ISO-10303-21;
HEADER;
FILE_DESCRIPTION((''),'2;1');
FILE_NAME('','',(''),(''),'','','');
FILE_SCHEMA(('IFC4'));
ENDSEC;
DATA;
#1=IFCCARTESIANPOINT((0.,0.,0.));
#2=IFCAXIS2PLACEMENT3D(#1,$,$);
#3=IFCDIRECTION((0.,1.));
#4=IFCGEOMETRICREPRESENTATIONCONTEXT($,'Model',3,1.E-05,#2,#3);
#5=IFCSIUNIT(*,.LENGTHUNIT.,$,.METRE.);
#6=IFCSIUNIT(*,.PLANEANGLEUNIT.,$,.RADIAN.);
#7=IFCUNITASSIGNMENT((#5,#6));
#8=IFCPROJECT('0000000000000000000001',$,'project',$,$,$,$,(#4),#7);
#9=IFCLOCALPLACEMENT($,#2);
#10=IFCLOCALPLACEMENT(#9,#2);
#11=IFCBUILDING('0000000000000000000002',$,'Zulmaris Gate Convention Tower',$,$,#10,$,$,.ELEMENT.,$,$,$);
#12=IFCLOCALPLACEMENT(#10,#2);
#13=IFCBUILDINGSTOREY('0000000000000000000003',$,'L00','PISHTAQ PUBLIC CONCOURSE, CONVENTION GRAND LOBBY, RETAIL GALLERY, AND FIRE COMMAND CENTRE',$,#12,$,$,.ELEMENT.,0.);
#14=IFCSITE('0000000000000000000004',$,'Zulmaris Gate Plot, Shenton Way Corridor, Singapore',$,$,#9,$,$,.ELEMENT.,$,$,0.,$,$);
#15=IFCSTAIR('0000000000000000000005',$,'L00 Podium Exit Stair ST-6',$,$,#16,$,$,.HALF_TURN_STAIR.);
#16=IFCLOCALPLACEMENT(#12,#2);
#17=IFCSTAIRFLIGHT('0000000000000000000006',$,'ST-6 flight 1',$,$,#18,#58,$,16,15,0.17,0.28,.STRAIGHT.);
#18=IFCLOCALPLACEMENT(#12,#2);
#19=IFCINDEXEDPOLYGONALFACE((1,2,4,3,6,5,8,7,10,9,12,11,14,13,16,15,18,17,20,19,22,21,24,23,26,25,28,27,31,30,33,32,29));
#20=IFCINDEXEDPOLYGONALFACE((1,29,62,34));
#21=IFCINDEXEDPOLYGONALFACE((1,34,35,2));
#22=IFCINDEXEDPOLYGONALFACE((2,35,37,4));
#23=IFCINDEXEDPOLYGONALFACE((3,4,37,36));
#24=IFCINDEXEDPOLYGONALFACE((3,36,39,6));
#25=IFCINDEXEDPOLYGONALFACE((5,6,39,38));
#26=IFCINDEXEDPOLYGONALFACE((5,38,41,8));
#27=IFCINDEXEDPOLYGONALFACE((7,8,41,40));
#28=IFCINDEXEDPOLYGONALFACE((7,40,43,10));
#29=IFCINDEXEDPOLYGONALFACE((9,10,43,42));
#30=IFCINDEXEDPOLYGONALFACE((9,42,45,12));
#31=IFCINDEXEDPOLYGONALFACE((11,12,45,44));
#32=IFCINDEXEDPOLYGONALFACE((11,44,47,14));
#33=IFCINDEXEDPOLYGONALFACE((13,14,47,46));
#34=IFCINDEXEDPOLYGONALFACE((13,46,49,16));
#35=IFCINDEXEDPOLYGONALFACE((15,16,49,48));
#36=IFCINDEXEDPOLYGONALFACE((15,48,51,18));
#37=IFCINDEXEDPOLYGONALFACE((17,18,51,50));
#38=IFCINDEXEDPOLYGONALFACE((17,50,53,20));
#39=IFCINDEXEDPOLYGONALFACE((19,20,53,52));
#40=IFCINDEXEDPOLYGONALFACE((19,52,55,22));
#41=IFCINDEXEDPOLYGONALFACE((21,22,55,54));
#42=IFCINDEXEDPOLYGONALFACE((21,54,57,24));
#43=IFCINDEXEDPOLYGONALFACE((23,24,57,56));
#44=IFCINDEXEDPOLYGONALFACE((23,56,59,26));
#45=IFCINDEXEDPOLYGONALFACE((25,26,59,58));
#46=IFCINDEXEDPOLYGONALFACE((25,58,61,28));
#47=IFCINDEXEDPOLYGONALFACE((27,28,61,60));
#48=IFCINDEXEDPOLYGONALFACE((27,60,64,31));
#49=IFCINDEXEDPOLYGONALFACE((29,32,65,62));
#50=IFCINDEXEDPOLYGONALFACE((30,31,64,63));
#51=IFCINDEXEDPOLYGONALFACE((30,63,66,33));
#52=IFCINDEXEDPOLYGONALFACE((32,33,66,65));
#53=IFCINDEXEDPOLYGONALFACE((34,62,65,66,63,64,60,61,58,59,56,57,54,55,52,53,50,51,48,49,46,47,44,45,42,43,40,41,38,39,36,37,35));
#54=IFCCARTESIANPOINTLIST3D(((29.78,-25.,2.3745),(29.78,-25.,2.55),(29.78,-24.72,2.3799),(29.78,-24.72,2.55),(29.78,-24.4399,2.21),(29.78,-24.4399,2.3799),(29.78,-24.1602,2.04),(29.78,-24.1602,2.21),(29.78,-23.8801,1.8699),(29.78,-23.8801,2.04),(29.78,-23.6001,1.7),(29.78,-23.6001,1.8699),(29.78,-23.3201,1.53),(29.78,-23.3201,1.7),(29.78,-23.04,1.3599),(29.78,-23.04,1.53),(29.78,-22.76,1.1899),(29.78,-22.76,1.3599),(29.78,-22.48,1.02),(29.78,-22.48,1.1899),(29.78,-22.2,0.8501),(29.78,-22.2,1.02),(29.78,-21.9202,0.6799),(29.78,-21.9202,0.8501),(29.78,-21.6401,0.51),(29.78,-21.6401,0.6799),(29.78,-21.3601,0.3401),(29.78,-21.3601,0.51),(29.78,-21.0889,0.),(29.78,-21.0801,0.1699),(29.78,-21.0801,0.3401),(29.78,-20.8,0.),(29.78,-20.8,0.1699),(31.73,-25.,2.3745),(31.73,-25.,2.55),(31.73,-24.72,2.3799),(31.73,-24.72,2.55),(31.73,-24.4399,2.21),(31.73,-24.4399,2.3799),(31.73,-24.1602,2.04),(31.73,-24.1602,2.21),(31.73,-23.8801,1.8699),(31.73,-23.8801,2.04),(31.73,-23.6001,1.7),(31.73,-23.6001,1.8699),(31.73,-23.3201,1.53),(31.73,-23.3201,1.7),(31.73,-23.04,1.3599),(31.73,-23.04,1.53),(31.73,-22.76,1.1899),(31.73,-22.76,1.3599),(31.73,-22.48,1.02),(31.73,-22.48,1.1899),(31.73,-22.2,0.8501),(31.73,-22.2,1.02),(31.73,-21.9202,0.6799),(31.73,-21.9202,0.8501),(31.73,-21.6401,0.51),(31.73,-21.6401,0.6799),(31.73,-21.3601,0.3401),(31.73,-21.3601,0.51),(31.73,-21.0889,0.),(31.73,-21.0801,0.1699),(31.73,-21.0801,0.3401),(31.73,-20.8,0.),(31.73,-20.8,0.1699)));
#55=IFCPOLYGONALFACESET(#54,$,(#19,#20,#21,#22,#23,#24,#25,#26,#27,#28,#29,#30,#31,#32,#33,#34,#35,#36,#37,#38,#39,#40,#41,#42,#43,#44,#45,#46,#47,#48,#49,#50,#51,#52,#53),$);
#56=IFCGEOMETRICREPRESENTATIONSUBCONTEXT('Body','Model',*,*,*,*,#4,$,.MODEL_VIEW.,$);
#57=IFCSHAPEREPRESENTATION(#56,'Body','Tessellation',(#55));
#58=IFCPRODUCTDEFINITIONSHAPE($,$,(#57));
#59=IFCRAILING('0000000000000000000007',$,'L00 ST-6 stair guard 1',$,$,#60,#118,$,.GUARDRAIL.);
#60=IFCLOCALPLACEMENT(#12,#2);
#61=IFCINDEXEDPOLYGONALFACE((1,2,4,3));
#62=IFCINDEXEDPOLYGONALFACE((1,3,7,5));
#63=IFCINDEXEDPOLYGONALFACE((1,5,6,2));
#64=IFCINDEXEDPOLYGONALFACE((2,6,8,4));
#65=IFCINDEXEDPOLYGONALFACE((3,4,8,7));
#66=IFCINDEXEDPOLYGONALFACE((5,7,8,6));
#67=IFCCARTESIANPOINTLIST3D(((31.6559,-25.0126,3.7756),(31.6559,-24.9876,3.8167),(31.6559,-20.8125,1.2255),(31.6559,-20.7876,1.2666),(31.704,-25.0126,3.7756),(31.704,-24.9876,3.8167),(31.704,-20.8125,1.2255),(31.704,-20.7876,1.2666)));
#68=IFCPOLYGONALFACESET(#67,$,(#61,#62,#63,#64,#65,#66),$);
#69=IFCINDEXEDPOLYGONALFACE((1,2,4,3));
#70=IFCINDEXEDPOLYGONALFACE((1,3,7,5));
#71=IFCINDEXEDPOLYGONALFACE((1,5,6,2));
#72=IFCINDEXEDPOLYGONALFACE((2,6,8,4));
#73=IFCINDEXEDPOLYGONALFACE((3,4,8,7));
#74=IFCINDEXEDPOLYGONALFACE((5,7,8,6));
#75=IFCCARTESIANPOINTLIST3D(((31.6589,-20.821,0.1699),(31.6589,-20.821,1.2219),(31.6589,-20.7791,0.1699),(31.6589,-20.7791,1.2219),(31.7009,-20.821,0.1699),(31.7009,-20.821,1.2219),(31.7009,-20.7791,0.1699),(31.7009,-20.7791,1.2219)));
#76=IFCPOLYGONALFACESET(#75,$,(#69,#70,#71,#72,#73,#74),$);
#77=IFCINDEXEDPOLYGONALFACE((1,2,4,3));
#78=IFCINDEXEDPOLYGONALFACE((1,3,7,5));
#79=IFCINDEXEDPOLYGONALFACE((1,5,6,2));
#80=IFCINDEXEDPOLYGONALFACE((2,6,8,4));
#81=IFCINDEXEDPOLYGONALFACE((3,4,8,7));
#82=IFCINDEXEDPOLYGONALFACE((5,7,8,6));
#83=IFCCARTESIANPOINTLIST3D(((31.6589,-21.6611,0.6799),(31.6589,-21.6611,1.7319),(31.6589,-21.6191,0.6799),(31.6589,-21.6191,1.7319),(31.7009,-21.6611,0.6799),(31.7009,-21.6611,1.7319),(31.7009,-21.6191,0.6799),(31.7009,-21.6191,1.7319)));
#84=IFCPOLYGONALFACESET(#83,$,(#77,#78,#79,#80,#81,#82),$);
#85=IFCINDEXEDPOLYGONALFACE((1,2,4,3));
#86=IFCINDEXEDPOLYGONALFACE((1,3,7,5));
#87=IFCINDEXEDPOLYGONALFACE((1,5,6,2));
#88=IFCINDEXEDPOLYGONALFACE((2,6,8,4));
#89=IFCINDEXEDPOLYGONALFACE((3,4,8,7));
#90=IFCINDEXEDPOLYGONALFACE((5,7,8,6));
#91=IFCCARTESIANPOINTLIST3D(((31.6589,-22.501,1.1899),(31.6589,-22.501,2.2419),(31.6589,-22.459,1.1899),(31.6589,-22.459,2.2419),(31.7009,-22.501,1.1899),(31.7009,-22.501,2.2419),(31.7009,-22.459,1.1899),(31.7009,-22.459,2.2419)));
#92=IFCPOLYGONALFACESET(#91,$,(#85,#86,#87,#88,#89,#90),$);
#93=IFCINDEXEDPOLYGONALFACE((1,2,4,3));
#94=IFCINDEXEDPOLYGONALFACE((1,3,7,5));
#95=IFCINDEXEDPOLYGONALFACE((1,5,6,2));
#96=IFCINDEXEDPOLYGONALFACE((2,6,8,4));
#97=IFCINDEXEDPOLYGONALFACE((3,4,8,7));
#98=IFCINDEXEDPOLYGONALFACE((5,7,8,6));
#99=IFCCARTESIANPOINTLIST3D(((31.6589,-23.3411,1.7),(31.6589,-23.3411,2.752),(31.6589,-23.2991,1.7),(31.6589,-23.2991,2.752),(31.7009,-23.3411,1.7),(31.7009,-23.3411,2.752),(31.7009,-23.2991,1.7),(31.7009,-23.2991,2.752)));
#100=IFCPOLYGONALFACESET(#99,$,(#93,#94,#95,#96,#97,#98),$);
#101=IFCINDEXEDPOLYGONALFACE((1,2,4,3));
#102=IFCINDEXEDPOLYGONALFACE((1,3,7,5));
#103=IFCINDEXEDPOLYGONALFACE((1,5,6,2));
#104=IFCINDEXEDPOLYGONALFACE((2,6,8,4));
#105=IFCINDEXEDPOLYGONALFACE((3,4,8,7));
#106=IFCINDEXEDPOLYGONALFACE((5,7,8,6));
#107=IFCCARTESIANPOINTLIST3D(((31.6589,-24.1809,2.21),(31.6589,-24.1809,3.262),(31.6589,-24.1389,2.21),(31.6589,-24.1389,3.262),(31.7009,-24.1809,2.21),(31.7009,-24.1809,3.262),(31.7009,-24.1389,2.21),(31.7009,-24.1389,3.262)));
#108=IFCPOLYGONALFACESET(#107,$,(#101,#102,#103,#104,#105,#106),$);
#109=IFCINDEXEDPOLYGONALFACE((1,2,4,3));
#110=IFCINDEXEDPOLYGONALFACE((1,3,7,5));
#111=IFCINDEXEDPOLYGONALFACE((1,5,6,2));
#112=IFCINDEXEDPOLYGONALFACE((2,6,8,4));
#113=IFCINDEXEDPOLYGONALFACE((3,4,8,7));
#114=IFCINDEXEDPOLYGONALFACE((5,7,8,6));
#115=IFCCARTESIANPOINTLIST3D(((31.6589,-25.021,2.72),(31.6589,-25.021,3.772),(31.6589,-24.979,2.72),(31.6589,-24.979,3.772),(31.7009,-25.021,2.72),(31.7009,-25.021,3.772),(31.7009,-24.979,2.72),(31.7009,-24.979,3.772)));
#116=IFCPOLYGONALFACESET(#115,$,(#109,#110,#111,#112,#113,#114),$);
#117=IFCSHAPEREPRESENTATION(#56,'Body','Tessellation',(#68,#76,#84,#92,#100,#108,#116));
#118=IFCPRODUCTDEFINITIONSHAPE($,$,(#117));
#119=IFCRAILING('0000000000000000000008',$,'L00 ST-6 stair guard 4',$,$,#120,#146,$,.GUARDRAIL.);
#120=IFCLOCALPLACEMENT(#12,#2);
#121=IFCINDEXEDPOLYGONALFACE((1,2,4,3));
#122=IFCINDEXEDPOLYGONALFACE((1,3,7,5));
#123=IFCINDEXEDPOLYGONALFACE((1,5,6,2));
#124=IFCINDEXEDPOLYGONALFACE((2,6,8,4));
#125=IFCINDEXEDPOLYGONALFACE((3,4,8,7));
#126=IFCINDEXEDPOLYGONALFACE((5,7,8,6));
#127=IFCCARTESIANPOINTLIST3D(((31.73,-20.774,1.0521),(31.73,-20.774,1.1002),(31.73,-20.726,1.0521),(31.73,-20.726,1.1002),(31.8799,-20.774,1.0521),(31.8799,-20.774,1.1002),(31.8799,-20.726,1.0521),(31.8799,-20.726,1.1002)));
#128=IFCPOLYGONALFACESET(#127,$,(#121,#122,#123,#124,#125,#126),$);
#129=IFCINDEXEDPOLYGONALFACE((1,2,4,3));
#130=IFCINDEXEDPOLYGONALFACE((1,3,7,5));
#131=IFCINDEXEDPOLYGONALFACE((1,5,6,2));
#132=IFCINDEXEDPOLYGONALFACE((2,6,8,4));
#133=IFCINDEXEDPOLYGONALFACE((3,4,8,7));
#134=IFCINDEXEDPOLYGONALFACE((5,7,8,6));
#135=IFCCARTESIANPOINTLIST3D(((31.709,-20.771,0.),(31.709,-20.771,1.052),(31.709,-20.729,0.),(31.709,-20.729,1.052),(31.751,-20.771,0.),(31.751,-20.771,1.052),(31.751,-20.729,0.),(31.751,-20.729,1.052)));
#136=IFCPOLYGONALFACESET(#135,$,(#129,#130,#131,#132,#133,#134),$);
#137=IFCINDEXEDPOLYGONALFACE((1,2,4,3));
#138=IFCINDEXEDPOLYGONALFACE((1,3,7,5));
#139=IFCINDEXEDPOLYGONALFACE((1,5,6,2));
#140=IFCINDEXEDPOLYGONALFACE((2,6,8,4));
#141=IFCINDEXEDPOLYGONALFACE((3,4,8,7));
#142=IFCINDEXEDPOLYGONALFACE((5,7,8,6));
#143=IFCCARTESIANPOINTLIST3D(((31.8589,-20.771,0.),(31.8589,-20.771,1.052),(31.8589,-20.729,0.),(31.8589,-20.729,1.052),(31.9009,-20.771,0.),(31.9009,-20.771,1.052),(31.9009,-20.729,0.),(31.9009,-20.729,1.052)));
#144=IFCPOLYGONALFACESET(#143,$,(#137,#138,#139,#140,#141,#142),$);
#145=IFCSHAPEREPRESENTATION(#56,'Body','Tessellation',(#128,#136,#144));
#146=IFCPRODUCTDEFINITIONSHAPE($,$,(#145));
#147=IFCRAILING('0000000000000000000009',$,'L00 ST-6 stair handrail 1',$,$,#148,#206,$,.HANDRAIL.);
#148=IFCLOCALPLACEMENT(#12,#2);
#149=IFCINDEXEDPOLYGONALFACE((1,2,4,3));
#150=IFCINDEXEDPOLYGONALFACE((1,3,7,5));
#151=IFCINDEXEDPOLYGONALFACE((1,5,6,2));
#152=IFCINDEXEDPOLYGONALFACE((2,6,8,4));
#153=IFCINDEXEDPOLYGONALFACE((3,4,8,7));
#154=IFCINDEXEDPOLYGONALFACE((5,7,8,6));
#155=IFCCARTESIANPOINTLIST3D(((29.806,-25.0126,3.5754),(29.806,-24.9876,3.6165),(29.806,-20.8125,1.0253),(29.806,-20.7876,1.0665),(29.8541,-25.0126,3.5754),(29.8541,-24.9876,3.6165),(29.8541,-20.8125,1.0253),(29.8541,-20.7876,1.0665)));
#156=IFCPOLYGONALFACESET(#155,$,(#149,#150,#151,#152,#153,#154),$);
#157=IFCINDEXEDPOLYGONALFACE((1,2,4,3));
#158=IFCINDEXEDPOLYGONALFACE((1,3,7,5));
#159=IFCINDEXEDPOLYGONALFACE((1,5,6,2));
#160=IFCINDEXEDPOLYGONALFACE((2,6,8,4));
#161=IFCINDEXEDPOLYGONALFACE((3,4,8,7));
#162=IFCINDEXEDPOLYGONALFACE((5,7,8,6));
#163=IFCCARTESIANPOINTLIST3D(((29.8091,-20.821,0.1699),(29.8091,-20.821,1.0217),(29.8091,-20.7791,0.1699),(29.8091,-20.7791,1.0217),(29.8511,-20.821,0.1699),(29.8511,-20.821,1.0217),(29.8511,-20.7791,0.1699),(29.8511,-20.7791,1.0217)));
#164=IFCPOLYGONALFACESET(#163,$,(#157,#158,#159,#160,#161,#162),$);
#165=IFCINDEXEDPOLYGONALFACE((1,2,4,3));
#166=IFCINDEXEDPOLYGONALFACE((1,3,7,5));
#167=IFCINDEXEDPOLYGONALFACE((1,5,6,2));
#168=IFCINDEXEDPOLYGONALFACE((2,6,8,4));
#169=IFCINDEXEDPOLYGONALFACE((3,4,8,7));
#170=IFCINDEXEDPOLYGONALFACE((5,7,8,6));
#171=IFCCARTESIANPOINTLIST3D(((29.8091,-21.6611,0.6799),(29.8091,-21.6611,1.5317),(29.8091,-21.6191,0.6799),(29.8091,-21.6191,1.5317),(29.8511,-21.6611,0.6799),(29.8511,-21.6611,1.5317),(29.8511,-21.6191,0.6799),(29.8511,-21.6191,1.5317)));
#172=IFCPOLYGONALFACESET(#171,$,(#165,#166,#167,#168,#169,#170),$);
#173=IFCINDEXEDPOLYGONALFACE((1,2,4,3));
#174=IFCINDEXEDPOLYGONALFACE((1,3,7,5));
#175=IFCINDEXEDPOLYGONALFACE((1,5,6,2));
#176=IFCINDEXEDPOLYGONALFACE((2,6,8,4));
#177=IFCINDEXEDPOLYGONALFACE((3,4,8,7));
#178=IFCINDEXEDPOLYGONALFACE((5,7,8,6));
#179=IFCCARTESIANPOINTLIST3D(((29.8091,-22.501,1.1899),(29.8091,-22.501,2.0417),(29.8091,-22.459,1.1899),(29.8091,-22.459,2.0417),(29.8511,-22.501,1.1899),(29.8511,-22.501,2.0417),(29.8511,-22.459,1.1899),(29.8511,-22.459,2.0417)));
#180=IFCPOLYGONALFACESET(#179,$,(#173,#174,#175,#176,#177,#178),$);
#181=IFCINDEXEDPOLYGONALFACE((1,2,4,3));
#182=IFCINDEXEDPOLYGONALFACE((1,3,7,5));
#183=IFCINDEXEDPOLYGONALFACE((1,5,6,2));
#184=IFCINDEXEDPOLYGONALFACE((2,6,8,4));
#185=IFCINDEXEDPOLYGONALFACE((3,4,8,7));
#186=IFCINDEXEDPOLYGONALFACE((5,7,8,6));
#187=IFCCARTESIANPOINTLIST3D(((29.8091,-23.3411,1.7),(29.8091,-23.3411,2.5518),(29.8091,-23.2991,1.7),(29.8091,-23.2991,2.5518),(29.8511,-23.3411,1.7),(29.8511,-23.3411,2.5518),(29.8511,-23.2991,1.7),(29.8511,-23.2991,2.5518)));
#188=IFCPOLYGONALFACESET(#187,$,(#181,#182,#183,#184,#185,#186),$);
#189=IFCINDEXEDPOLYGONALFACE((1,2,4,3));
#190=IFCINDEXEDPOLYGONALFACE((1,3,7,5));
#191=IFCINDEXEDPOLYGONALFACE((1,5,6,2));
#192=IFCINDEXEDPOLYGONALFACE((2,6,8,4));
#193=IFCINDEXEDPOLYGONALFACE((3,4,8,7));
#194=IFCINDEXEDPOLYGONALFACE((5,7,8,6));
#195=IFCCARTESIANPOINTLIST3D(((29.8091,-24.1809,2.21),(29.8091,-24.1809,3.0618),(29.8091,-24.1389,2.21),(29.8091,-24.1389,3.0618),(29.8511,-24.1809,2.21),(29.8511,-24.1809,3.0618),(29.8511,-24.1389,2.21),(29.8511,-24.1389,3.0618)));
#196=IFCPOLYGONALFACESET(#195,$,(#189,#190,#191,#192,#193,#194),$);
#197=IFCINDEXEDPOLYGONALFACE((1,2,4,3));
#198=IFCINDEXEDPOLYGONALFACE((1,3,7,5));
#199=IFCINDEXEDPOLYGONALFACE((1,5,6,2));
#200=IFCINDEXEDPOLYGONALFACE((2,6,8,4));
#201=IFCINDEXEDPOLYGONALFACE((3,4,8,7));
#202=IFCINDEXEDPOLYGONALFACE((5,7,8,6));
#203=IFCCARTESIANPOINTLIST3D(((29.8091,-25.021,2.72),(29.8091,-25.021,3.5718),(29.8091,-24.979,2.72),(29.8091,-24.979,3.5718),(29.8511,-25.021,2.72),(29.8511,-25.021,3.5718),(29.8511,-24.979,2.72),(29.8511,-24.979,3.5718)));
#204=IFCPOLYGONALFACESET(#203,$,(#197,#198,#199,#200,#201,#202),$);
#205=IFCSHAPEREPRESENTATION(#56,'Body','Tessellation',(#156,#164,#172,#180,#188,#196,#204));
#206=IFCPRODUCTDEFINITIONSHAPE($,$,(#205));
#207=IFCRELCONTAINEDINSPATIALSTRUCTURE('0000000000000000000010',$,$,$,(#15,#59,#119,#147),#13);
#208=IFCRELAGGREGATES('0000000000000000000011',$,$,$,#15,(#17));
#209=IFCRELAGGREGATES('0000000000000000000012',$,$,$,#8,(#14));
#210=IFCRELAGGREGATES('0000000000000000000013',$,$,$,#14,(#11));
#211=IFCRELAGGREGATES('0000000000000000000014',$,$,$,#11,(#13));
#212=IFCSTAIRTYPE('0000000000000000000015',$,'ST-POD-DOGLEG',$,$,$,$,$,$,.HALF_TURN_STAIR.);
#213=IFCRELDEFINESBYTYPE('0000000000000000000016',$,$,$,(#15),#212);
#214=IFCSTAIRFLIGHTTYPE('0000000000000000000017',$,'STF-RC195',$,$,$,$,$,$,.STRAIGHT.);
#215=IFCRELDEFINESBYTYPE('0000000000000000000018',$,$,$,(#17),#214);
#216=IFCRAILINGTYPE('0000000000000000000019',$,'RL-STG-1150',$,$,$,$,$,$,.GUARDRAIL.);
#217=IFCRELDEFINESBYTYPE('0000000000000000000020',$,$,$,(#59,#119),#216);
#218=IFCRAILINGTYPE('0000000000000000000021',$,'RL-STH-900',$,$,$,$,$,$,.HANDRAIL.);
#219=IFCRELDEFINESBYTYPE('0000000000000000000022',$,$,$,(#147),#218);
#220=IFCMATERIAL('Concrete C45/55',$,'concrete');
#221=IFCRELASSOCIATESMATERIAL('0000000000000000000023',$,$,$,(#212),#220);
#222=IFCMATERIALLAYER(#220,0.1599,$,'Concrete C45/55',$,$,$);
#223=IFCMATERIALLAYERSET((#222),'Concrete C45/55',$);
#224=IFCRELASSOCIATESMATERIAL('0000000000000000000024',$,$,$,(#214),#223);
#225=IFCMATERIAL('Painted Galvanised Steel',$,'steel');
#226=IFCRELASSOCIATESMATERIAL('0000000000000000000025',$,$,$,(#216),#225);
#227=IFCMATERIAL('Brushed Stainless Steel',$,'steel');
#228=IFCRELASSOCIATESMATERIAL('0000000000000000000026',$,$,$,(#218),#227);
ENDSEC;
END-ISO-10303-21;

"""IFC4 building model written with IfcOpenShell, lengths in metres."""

from ifc_helpers import new_model, si_unit, direction, frame, origin, origin_2d, place, context, subcontext, project, spatial, polyline, rectangle, outline, extrude, material, layer, layer_set, type_object, element, aggregate, save


model = new_model("IFC4")

# Units and contexts
model_context = context("Model", 3, precision=1e-05, world=origin(), true_north=direction((0.0, 1.0)))
body_context = subcontext(model_context, "Body", "Model", "MODEL_VIEW")
ifc_project = project(units=[si_unit("LENGTHUNIT", "METRE"), si_unit("PLANEANGLEUNIT", "RADIAN")], contexts=[model_context])

# Site, building, storey
site_placement = place(None, origin())
site = spatial("IfcSite", under=ifc_project, at=site_placement, Name="Zulmaris Gate Plot, Shenton Way Corridor, Singapore", CompositionType="ELEMENT", RefElevation=0.0)
building_placement = place(site_placement, origin())
building = spatial("IfcBuilding", under=site, at=building_placement, Name="Zulmaris Gate Convention Tower", CompositionType="ELEMENT")
storey_placement = place(building_placement, origin())
storey = spatial("IfcBuildingStorey", under=building, at=storey_placement, Name="L00", Description="PISHTAQ PUBLIC CONCOURSE, CONVENTION GRAND LOBBY, RETAIL GALLERY, AND FIRE COMMAND CENTRE", CompositionType="ELEMENT", Elevation=0.0)

# Stair, stair flight
ifc_material_1 = material(Name="Concrete C45/55", Category="concrete")
stair_type = type_object("IfcStairType", Name="ST-POD-DOGLEG", PredefinedType="HALF_TURN_STAIR", material=ifc_material_1)
stair_placement = place(storey_placement, origin())
stair = element("IfcStair", 1, at=stair_placement, inside=storey, type_object=stair_type, Name="L00 Podium Exit Stair ST-6", PredefinedType="HALF_TURN_STAIR")
ifc_layer_1 = layer(ifc_material_1, 0.1599, Name="Concrete C45/55")
ifc_layer_set_1 = layer_set([ifc_layer_1], Name="Concrete C45/55")
stair_flight_type = type_object("IfcStairFlightType", Name="STF-RC195", PredefinedType="STRAIGHT", material=ifc_layer_set_1)
stair_flight_placement = place(storey_placement, frame((30.7549, -20.8, 0.0), z_axis=(0.0, 0.0, 1.0), x_axis=(0.0, -1.0, 0.0)))
stair_flight = element("IfcStairFlight", 2, at=stair_flight_placement, type_object=stair_flight_type, Name="ST-6 flight 1", NumberOfRisers=16, NumberOfTreads=15, PredefinedType="STRAIGHT", RiserHeight=0.17, TreadLength=0.28, context=body_context, shape_type="SweptSolid", body=[
    extrude(outline(polyline([(0.0, 0.0), (0.0, 0.1699), (0.28, 0.1699), (0.28, 0.3401), (0.5601, 0.3401), (0.5601, 0.51), (0.8401, 0.51), (0.8401, 0.6799), (1.1201, 0.6799), (1.1201, 0.8501), (1.3999, 0.8501), (1.3999, 1.02), (1.6799, 1.02), (1.6799, 1.1899), (1.96, 1.1899), (1.96, 1.3599), (2.24, 1.3599), (2.24, 1.53), (2.52, 1.53), (2.52, 1.7), (2.8, 1.7), (2.8, 1.8699), (3.0801, 1.8699), (3.0801, 2.04), (3.3601, 2.04), (3.3601, 2.21), (3.6399, 2.21), (3.6399, 2.3799), (3.9199, 2.3799), (3.9199, 2.55), (4.2, 2.55), (4.2, 2.72), (4.2, 2.3745), (0.2888, 0.0), (0.0, 0.0)])), frame((0.0, 0.9751, 0.0), z_axis=(0.0, -1.0, 0.0), x_axis=(1.0, 0.0, 0.0)), (0.0, 0.0, 1.0), 1.95),
])
aggregate(stair, [stair_flight])

# Railings
ifc_material_2 = material(Name="Painted Galvanised Steel", Category="steel")
railing_type_1 = type_object("IfcRailingType", Name="RL-STG-1150", PredefinedType="GUARDRAIL", material=ifc_material_2)
railing_1_placement = place(storey_placement, frame((31.6799, -20.8, 0.1699)))
element("IfcRailing", 3, at=railing_1_placement, inside=storey, type_object=railing_type_1, Name="L00 ST-6 stair guard 1", PredefinedType="GUARDRAIL", context=body_context, shape_type="SweptSolid", body=[
    extrude(rectangle(XDim=0.0481, YDim=0.0481, at=origin_2d()), frame((0.0, 0.0, 1.0762), z_axis=(0.0, -0.85478, 0.51899), x_axis=(1.0, 0.0, 0.0)), (0.0, 0.0, 1.0), 4.9136),
    extrude(rectangle(XDim=0.042, YDim=0.042, at=origin_2d()), origin(), (0.0, 0.0, 1.0), 1.052),
    extrude(rectangle(XDim=0.042, YDim=0.042, at=origin_2d()), frame((0.0, -0.8401, 0.51)), (0.0, 0.0, 1.0), 1.052),
    extrude(rectangle(XDim=0.042, YDim=0.042, at=origin_2d()), frame((0.0, -1.6799, 1.02)), (0.0, 0.0, 1.0), 1.052),
    extrude(rectangle(XDim=0.042, YDim=0.042, at=origin_2d()), frame((0.0, -2.52, 1.53)), (0.0, 0.0, 1.0), 1.052),
    extrude(rectangle(XDim=0.042, YDim=0.042, at=origin_2d()), frame((0.0, -3.3599, 2.04)), (0.0, 0.0, 1.0), 1.052),
    extrude(rectangle(XDim=0.042, YDim=0.042, at=origin_2d()), frame((0.0, -4.2, 2.55)), (0.0, 0.0, 1.0), 1.052),
])
railing_2_placement = place(storey_placement, frame((31.73, -20.75, 0.0)))
element("IfcRailing", 4, at=railing_2_placement, inside=storey, type_object=railing_type_1, Name="L00 ST-6 stair guard 4", PredefinedType="GUARDRAIL", context=body_context, shape_type="SweptSolid", body=[
    extrude(rectangle(XDim=0.0481, YDim=0.0481, at=origin_2d()), frame((0.0, 0.0, 1.0762), z_axis=(1.0, 0.0, 0.0), x_axis=(0.0, 1.0, 0.0)), (0.0, 0.0, 1.0), 0.1499),
    extrude(rectangle(XDim=0.042, YDim=0.042, at=origin_2d()), origin(), (0.0, 0.0, 1.0), 1.052),
    extrude(rectangle(XDim=0.042, YDim=0.042, at=origin_2d()), frame((0.1499, 0.0, 0.0)), (0.0, 0.0, 1.0), 1.052),
])
ifc_material_3 = material(Name="Brushed Stainless Steel", Category="steel")
railing_type_2 = type_object("IfcRailingType", Name="RL-STH-900", PredefinedType="HANDRAIL", material=ifc_material_3)
railing_3_placement = place(storey_placement, frame((29.8301, -20.8, 0.1699)))
element("IfcRailing", 5, at=railing_3_placement, inside=storey, type_object=railing_type_2, Name="L00 ST-6 stair handrail 1", PredefinedType="HANDRAIL", context=body_context, shape_type="SweptSolid", body=[
    extrude(rectangle(XDim=0.0481, YDim=0.0481, at=origin_2d()), frame((0.0, 0.0, 0.876), z_axis=(0.0, -0.85478, 0.51899), x_axis=(1.0, 0.0, 0.0)), (0.0, 0.0, 1.0), 4.9136),
    extrude(rectangle(XDim=0.042, YDim=0.042, at=origin_2d()), origin(), (0.0, 0.0, 1.0), 0.8518),
    extrude(rectangle(XDim=0.042, YDim=0.042, at=origin_2d()), frame((0.0, -0.8401, 0.51)), (0.0, 0.0, 1.0), 0.8518),
    extrude(rectangle(XDim=0.042, YDim=0.042, at=origin_2d()), frame((0.0, -1.6799, 1.02)), (0.0, 0.0, 1.0), 0.8518),
    extrude(rectangle(XDim=0.042, YDim=0.042, at=origin_2d()), frame((0.0, -2.52, 1.53)), (0.0, 0.0, 1.0), 0.8518),
    extrude(rectangle(XDim=0.042, YDim=0.042, at=origin_2d()), frame((0.0, -3.3599, 2.04)), (0.0, 0.0, 1.0), 0.8518),
    extrude(rectangle(XDim=0.042, YDim=0.042, at=origin_2d()), frame((0.0, -4.2, 2.55)), (0.0, 0.0, 1.0), 0.8518),
])

save(model, "model.ifc")
